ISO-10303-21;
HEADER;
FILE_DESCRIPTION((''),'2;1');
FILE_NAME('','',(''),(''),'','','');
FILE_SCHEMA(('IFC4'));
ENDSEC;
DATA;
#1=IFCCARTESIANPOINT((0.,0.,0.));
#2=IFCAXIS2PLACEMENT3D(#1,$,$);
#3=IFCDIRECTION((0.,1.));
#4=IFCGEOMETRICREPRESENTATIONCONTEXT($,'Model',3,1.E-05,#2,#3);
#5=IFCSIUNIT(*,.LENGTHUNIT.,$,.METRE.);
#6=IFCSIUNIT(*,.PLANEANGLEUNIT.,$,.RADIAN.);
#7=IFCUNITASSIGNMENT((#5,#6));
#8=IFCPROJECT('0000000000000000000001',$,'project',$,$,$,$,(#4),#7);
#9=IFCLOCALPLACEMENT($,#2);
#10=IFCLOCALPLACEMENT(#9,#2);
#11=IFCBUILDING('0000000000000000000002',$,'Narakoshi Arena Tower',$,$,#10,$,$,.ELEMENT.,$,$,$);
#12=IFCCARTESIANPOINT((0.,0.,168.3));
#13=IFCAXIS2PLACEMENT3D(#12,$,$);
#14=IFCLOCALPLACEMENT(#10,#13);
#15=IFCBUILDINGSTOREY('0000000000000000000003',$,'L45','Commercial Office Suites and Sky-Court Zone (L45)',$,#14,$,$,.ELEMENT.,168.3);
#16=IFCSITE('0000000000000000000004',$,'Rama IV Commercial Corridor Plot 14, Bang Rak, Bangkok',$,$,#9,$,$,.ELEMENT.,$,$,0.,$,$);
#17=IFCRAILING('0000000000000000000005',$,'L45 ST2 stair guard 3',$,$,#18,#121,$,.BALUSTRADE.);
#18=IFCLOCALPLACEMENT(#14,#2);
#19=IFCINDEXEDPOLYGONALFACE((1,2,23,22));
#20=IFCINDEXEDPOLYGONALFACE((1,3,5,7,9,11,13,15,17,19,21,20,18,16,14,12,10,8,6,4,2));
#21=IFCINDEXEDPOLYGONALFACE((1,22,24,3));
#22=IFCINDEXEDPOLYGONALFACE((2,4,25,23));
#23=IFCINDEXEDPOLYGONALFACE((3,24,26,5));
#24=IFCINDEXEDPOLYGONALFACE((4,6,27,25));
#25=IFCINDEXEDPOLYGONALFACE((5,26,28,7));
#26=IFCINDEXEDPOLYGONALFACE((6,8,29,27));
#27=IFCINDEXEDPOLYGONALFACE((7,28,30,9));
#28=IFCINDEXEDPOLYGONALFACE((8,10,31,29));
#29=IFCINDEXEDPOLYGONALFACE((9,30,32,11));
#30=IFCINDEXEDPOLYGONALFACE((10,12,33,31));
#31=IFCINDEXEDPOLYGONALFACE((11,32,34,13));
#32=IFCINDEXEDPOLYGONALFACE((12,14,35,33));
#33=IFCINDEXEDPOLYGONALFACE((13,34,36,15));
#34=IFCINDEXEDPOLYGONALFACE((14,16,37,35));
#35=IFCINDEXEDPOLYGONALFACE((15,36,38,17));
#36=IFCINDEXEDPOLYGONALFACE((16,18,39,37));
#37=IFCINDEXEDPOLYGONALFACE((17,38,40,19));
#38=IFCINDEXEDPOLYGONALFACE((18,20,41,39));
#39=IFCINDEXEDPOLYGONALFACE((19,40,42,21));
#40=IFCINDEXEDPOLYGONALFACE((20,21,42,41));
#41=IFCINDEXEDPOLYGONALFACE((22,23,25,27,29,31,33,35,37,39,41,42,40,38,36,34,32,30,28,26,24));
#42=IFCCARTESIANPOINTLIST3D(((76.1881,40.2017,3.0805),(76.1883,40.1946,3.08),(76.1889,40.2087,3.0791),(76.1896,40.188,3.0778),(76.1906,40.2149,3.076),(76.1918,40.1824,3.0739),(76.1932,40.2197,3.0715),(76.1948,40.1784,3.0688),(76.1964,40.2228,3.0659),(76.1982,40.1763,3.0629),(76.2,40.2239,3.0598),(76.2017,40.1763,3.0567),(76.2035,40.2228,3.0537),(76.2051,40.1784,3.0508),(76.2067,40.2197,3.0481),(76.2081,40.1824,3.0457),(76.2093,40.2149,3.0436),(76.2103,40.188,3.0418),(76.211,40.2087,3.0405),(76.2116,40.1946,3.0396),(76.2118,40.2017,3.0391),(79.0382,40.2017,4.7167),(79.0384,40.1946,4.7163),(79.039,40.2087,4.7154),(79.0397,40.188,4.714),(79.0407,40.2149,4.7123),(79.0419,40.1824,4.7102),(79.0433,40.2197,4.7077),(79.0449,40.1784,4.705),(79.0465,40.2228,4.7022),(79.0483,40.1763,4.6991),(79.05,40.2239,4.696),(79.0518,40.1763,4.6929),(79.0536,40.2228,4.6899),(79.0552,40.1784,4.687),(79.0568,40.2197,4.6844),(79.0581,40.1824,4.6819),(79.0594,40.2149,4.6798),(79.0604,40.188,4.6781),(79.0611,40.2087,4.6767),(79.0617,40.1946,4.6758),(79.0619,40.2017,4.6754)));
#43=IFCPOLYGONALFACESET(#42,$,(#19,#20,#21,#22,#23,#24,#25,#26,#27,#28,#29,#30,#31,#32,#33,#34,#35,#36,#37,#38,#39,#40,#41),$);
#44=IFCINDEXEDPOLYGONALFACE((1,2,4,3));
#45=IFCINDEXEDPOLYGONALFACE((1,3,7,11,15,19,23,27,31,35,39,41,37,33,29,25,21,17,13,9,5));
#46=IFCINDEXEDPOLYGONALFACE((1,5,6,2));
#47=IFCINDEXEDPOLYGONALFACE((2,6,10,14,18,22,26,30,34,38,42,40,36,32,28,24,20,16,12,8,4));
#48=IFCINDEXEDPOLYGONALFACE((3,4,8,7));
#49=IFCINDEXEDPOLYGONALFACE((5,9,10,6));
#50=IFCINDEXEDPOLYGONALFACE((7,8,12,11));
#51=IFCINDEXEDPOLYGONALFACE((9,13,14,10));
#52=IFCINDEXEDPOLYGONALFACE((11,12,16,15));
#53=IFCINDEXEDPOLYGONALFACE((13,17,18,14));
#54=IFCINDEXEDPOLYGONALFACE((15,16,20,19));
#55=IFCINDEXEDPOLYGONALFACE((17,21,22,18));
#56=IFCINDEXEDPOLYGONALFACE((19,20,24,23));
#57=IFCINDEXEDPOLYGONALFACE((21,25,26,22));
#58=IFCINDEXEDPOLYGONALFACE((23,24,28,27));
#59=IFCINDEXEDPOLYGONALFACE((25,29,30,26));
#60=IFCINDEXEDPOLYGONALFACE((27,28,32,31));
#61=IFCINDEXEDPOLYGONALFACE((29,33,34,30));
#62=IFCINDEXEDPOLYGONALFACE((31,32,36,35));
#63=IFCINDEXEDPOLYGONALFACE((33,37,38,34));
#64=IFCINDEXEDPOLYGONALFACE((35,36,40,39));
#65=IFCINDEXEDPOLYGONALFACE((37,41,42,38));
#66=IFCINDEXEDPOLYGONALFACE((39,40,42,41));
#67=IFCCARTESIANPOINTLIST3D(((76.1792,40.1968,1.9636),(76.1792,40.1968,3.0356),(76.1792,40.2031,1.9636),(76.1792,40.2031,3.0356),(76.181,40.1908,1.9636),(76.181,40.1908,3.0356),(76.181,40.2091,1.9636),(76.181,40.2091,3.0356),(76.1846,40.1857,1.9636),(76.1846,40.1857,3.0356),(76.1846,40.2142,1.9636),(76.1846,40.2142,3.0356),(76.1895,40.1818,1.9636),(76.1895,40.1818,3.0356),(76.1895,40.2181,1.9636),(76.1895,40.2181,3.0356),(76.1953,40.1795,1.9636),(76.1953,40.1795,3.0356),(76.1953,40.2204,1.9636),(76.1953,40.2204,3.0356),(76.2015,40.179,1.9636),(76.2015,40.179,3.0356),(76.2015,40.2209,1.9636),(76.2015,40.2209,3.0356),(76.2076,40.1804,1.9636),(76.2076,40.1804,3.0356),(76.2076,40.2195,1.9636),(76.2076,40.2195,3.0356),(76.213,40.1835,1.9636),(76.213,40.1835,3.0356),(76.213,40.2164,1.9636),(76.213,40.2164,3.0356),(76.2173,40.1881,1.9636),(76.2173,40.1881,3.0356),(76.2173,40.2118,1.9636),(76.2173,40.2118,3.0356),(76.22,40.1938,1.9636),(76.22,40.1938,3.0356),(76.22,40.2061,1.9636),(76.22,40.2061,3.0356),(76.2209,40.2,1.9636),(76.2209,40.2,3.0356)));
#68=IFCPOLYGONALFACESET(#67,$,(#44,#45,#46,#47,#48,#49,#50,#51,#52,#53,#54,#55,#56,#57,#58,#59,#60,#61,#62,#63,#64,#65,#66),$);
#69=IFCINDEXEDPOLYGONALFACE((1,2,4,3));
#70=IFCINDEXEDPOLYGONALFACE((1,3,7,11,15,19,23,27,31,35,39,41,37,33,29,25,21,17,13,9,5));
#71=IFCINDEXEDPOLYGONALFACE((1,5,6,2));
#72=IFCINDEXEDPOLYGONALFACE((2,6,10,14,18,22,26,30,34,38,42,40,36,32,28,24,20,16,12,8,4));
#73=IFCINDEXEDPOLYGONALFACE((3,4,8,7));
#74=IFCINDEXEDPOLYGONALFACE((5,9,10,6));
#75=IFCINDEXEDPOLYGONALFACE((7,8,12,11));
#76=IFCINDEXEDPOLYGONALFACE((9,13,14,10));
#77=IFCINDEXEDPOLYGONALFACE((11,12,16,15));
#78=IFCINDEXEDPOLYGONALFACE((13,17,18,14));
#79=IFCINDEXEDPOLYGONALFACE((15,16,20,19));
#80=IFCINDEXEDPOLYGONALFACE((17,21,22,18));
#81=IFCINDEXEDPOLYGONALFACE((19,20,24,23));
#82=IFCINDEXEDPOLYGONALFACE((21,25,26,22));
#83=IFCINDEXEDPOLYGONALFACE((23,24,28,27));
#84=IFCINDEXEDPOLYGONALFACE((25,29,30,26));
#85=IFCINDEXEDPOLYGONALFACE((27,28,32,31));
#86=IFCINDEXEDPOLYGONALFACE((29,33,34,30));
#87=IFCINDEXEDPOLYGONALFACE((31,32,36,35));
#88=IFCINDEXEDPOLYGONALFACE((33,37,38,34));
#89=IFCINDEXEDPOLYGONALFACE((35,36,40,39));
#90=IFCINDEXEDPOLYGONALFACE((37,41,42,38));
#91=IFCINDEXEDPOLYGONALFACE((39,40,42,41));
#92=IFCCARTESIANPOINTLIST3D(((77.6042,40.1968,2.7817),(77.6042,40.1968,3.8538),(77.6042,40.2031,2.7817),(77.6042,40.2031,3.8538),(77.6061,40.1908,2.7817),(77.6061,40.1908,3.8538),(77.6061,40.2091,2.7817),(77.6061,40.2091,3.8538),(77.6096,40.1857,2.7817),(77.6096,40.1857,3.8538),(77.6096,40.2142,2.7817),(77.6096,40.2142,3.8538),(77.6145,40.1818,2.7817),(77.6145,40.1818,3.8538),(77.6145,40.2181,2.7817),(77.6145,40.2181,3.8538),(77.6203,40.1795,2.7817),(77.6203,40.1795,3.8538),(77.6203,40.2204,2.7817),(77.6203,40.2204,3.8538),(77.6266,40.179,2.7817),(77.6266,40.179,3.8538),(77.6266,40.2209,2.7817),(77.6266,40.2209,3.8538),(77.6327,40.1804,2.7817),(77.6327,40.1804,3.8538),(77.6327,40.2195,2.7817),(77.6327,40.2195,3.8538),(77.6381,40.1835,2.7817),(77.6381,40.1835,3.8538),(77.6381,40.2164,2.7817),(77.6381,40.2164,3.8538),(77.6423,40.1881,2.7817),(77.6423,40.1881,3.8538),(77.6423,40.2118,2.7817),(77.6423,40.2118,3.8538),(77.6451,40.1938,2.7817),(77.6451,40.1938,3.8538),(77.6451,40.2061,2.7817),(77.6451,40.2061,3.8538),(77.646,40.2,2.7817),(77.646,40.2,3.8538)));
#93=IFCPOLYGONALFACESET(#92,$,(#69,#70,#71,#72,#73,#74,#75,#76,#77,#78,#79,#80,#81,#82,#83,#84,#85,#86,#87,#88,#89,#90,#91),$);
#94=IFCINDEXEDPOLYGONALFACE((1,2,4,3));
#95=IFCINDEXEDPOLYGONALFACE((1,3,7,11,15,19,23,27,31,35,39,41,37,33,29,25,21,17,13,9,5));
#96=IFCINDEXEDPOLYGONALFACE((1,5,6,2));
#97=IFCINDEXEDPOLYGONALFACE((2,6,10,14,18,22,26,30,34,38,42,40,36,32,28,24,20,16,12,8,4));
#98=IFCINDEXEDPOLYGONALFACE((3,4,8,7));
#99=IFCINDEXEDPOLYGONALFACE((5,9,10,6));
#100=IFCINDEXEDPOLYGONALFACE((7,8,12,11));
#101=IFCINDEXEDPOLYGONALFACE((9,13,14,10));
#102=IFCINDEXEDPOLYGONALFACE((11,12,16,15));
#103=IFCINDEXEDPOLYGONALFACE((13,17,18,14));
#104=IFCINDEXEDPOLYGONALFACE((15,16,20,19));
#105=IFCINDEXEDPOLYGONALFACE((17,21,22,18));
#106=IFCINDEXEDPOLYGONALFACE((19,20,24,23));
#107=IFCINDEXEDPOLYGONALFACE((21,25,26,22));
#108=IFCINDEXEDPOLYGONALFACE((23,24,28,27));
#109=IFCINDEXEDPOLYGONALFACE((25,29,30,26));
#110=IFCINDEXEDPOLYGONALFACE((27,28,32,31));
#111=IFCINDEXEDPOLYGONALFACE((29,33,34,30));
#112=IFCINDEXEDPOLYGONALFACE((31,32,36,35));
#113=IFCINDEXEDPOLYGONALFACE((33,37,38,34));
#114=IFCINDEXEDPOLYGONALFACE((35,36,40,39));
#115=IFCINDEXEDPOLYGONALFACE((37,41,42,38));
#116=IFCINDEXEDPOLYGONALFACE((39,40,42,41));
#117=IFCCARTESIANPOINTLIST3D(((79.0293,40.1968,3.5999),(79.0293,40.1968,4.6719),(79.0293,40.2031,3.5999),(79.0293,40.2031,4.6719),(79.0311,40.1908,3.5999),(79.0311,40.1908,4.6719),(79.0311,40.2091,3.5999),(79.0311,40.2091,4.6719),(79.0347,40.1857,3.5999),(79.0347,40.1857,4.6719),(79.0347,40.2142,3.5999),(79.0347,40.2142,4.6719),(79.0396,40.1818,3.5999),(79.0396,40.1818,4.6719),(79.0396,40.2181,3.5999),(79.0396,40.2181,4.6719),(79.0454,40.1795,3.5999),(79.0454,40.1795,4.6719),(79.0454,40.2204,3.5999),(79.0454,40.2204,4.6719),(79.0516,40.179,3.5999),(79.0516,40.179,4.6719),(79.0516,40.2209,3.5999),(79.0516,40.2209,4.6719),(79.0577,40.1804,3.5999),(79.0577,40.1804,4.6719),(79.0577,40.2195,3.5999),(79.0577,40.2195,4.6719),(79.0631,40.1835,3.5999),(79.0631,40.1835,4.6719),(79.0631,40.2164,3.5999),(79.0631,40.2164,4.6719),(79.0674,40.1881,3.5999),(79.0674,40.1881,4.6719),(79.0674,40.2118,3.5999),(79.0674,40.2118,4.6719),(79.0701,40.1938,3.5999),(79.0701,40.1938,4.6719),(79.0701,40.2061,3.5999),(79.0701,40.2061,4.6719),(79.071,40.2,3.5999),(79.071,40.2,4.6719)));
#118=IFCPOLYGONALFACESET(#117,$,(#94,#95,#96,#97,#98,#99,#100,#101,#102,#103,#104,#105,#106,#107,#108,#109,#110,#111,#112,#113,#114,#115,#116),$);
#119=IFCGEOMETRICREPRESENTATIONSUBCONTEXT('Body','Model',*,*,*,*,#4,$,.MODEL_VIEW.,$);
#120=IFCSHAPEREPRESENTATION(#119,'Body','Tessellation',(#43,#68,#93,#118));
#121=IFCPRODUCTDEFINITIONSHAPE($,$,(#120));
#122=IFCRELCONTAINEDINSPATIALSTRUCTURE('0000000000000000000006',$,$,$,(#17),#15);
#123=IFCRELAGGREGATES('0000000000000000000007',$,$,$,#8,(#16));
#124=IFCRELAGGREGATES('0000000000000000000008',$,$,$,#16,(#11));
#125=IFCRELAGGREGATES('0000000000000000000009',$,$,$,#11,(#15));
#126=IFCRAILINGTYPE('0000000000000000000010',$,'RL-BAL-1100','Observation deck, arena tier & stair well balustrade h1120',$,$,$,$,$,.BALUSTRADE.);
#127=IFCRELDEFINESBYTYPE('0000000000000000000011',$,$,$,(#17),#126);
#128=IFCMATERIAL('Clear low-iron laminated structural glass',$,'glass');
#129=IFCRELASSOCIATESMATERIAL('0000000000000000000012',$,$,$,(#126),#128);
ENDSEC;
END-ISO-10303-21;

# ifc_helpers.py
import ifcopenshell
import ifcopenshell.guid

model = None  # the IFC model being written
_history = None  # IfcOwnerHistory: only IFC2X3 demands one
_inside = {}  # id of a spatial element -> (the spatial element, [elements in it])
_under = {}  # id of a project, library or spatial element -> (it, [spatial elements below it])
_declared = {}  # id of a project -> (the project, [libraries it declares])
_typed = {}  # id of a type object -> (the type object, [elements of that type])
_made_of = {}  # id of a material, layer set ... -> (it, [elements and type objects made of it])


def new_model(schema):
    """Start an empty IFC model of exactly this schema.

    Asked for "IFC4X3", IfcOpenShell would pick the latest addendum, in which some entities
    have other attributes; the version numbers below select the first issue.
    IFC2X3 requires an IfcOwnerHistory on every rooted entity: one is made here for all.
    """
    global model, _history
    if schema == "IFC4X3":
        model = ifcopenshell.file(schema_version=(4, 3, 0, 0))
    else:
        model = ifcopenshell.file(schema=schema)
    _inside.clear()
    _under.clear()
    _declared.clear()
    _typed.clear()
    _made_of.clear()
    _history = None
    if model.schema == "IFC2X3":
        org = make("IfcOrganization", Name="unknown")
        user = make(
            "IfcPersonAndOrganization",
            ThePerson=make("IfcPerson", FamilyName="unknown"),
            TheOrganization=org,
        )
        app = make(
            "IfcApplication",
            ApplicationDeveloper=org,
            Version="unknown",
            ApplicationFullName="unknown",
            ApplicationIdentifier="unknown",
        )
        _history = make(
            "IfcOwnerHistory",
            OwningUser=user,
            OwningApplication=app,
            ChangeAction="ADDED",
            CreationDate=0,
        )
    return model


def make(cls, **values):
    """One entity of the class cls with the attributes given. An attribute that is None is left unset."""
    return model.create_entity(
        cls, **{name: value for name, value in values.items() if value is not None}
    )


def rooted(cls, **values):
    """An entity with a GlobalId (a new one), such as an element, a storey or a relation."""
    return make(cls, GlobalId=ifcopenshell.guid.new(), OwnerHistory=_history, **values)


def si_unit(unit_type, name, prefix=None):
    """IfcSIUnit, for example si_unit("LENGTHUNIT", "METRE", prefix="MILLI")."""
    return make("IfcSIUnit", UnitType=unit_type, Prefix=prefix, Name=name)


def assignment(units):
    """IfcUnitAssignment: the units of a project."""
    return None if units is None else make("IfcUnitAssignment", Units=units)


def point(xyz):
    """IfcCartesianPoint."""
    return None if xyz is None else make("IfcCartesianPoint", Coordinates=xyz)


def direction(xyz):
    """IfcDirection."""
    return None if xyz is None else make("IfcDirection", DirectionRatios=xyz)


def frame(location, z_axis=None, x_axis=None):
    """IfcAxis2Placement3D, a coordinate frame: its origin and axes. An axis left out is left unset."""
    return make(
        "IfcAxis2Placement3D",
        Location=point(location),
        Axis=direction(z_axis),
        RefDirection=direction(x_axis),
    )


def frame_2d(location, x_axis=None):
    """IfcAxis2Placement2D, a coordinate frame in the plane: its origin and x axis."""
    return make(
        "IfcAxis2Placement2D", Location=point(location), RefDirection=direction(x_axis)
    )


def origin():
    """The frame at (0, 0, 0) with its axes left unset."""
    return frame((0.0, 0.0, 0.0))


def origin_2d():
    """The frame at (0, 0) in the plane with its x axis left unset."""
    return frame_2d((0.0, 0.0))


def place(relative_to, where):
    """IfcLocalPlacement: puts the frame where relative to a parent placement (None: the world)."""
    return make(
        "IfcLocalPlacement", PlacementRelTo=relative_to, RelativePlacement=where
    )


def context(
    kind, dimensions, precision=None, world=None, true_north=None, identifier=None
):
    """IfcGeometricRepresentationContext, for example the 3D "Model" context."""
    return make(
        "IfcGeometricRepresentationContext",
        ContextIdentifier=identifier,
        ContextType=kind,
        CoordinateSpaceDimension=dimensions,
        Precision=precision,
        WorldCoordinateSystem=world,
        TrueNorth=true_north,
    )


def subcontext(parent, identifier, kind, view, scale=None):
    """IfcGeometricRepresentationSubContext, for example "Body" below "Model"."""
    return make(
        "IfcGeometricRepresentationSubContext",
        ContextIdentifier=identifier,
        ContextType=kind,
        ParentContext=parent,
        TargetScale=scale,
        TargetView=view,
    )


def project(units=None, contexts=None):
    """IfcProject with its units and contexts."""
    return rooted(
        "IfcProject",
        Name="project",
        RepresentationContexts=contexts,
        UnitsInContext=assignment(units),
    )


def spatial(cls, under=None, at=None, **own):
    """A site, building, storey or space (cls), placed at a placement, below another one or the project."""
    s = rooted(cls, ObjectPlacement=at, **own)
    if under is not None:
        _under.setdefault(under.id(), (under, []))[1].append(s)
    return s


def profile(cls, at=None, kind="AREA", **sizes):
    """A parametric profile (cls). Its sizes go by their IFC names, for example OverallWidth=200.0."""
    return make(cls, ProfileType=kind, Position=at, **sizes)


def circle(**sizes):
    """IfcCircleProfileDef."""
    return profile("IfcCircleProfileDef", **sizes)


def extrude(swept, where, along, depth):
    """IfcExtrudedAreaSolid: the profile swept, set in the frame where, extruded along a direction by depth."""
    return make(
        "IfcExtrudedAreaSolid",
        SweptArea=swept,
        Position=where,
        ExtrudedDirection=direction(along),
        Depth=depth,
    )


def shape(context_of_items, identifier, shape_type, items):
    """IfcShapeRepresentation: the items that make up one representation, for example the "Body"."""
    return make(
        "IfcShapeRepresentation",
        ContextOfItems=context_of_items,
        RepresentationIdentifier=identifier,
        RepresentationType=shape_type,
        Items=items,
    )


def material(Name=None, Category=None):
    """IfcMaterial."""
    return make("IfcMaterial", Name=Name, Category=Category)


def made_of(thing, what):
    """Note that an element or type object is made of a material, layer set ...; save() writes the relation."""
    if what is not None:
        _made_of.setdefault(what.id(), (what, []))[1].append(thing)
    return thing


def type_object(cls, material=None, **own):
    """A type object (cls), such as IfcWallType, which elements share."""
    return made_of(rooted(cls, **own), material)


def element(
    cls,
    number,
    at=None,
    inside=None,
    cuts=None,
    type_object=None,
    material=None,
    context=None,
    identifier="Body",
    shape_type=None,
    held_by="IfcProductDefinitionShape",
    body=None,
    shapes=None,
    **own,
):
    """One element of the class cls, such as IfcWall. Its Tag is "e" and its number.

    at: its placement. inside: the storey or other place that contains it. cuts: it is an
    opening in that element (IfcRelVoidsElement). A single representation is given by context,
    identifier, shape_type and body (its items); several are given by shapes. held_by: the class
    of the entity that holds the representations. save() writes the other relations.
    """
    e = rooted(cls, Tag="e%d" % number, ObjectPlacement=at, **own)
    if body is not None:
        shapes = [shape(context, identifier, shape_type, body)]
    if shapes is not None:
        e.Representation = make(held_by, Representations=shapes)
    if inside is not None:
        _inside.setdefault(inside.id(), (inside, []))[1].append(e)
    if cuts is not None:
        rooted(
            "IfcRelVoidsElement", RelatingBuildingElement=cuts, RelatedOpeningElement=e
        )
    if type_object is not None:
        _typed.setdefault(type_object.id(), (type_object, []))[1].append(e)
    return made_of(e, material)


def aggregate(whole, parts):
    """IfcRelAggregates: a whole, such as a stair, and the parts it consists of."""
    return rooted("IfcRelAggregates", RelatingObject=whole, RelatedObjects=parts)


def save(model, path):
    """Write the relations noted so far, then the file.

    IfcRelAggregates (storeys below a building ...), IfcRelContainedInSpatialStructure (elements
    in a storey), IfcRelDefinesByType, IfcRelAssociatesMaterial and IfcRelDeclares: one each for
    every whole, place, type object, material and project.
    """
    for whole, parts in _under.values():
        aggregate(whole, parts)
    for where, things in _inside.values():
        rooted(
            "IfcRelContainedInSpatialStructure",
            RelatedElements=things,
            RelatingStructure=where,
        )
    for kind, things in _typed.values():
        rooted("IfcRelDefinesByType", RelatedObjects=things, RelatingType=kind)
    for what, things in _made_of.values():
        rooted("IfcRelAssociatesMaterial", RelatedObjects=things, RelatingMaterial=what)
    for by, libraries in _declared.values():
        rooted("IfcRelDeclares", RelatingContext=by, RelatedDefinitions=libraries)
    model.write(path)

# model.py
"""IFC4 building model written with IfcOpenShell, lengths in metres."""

from ifc_helpers import new_model, si_unit, direction, frame, origin, origin_2d, place, context, subcontext, project, spatial, circle, extrude, material, type_object, element, save


model = new_model("IFC4")

# Units and contexts
model_context = context("Model", 3, precision=1e-05, world=origin(), true_north=direction((0.0, 1.0)))
body_context = subcontext(model_context, "Body", "Model", "MODEL_VIEW")
ifc_project = project(units=[si_unit("LENGTHUNIT", "METRE"), si_unit("PLANEANGLEUNIT", "RADIAN")], contexts=[model_context])

# Site, building, storey
site_placement = place(None, origin())
site = spatial("IfcSite", under=ifc_project, at=site_placement, Name="Rama IV Commercial Corridor Plot 14, Bang Rak, Bangkok", CompositionType="ELEMENT", RefElevation=0.0)
building_placement = place(site_placement, origin())
building = spatial("IfcBuilding", under=site, at=building_placement, Name="Narakoshi Arena Tower", CompositionType="ELEMENT")
storey_placement = place(building_placement, frame((0.0, 0.0, 168.3)))
storey = spatial("IfcBuildingStorey", under=building, at=storey_placement, Name="L45", Description="Commercial Office Suites and Sky-Court Zone (L45)", CompositionType="ELEMENT", Elevation=168.3)

# Railing
ifc_material_1 = material(Name="Clear low-iron laminated structural glass", Category="glass")
railing_type_1 = type_object("IfcRailingType", Name="RL-BAL-1100", Description="Observation deck, arena tier & stair well balustrade h1120", PredefinedType="BALUSTRADE", material=ifc_material_1)
railing_1_placement = place(storey_placement, frame((76.2, 40.2, 1.9636)))
element("IfcRailing", 1, at=railing_1_placement, inside=storey, type_object=railing_type_1, Name="L45 ST2 stair guard 3", PredefinedType="BALUSTRADE", context=body_context, shape_type="SweptSolid", body=[
    extrude(circle(Radius=0.0239, at=origin_2d()), frame((0.0, 0.0, 1.0962), z_axis=(0.867245, 0.0, 0.497882), x_axis=(0.0, 1.0, 0.0)), (0.0, 0.0, 1.0), 3.2864),
    extrude(circle(Radius=0.021, at=origin_2d()), origin(), (0.0, 0.0, 1.0), 1.072),
    extrude(circle(Radius=0.021, at=origin_2d()), frame((1.425, 0.0, 0.8181)), (0.0, 0.0, 1.0), 1.072),
    extrude(circle(Radius=0.021, at=origin_2d()), frame((2.8501, 0.0, 1.6362)), (0.0, 0.0, 1.0), 1.072),
])

save(model, "model.ifc")
